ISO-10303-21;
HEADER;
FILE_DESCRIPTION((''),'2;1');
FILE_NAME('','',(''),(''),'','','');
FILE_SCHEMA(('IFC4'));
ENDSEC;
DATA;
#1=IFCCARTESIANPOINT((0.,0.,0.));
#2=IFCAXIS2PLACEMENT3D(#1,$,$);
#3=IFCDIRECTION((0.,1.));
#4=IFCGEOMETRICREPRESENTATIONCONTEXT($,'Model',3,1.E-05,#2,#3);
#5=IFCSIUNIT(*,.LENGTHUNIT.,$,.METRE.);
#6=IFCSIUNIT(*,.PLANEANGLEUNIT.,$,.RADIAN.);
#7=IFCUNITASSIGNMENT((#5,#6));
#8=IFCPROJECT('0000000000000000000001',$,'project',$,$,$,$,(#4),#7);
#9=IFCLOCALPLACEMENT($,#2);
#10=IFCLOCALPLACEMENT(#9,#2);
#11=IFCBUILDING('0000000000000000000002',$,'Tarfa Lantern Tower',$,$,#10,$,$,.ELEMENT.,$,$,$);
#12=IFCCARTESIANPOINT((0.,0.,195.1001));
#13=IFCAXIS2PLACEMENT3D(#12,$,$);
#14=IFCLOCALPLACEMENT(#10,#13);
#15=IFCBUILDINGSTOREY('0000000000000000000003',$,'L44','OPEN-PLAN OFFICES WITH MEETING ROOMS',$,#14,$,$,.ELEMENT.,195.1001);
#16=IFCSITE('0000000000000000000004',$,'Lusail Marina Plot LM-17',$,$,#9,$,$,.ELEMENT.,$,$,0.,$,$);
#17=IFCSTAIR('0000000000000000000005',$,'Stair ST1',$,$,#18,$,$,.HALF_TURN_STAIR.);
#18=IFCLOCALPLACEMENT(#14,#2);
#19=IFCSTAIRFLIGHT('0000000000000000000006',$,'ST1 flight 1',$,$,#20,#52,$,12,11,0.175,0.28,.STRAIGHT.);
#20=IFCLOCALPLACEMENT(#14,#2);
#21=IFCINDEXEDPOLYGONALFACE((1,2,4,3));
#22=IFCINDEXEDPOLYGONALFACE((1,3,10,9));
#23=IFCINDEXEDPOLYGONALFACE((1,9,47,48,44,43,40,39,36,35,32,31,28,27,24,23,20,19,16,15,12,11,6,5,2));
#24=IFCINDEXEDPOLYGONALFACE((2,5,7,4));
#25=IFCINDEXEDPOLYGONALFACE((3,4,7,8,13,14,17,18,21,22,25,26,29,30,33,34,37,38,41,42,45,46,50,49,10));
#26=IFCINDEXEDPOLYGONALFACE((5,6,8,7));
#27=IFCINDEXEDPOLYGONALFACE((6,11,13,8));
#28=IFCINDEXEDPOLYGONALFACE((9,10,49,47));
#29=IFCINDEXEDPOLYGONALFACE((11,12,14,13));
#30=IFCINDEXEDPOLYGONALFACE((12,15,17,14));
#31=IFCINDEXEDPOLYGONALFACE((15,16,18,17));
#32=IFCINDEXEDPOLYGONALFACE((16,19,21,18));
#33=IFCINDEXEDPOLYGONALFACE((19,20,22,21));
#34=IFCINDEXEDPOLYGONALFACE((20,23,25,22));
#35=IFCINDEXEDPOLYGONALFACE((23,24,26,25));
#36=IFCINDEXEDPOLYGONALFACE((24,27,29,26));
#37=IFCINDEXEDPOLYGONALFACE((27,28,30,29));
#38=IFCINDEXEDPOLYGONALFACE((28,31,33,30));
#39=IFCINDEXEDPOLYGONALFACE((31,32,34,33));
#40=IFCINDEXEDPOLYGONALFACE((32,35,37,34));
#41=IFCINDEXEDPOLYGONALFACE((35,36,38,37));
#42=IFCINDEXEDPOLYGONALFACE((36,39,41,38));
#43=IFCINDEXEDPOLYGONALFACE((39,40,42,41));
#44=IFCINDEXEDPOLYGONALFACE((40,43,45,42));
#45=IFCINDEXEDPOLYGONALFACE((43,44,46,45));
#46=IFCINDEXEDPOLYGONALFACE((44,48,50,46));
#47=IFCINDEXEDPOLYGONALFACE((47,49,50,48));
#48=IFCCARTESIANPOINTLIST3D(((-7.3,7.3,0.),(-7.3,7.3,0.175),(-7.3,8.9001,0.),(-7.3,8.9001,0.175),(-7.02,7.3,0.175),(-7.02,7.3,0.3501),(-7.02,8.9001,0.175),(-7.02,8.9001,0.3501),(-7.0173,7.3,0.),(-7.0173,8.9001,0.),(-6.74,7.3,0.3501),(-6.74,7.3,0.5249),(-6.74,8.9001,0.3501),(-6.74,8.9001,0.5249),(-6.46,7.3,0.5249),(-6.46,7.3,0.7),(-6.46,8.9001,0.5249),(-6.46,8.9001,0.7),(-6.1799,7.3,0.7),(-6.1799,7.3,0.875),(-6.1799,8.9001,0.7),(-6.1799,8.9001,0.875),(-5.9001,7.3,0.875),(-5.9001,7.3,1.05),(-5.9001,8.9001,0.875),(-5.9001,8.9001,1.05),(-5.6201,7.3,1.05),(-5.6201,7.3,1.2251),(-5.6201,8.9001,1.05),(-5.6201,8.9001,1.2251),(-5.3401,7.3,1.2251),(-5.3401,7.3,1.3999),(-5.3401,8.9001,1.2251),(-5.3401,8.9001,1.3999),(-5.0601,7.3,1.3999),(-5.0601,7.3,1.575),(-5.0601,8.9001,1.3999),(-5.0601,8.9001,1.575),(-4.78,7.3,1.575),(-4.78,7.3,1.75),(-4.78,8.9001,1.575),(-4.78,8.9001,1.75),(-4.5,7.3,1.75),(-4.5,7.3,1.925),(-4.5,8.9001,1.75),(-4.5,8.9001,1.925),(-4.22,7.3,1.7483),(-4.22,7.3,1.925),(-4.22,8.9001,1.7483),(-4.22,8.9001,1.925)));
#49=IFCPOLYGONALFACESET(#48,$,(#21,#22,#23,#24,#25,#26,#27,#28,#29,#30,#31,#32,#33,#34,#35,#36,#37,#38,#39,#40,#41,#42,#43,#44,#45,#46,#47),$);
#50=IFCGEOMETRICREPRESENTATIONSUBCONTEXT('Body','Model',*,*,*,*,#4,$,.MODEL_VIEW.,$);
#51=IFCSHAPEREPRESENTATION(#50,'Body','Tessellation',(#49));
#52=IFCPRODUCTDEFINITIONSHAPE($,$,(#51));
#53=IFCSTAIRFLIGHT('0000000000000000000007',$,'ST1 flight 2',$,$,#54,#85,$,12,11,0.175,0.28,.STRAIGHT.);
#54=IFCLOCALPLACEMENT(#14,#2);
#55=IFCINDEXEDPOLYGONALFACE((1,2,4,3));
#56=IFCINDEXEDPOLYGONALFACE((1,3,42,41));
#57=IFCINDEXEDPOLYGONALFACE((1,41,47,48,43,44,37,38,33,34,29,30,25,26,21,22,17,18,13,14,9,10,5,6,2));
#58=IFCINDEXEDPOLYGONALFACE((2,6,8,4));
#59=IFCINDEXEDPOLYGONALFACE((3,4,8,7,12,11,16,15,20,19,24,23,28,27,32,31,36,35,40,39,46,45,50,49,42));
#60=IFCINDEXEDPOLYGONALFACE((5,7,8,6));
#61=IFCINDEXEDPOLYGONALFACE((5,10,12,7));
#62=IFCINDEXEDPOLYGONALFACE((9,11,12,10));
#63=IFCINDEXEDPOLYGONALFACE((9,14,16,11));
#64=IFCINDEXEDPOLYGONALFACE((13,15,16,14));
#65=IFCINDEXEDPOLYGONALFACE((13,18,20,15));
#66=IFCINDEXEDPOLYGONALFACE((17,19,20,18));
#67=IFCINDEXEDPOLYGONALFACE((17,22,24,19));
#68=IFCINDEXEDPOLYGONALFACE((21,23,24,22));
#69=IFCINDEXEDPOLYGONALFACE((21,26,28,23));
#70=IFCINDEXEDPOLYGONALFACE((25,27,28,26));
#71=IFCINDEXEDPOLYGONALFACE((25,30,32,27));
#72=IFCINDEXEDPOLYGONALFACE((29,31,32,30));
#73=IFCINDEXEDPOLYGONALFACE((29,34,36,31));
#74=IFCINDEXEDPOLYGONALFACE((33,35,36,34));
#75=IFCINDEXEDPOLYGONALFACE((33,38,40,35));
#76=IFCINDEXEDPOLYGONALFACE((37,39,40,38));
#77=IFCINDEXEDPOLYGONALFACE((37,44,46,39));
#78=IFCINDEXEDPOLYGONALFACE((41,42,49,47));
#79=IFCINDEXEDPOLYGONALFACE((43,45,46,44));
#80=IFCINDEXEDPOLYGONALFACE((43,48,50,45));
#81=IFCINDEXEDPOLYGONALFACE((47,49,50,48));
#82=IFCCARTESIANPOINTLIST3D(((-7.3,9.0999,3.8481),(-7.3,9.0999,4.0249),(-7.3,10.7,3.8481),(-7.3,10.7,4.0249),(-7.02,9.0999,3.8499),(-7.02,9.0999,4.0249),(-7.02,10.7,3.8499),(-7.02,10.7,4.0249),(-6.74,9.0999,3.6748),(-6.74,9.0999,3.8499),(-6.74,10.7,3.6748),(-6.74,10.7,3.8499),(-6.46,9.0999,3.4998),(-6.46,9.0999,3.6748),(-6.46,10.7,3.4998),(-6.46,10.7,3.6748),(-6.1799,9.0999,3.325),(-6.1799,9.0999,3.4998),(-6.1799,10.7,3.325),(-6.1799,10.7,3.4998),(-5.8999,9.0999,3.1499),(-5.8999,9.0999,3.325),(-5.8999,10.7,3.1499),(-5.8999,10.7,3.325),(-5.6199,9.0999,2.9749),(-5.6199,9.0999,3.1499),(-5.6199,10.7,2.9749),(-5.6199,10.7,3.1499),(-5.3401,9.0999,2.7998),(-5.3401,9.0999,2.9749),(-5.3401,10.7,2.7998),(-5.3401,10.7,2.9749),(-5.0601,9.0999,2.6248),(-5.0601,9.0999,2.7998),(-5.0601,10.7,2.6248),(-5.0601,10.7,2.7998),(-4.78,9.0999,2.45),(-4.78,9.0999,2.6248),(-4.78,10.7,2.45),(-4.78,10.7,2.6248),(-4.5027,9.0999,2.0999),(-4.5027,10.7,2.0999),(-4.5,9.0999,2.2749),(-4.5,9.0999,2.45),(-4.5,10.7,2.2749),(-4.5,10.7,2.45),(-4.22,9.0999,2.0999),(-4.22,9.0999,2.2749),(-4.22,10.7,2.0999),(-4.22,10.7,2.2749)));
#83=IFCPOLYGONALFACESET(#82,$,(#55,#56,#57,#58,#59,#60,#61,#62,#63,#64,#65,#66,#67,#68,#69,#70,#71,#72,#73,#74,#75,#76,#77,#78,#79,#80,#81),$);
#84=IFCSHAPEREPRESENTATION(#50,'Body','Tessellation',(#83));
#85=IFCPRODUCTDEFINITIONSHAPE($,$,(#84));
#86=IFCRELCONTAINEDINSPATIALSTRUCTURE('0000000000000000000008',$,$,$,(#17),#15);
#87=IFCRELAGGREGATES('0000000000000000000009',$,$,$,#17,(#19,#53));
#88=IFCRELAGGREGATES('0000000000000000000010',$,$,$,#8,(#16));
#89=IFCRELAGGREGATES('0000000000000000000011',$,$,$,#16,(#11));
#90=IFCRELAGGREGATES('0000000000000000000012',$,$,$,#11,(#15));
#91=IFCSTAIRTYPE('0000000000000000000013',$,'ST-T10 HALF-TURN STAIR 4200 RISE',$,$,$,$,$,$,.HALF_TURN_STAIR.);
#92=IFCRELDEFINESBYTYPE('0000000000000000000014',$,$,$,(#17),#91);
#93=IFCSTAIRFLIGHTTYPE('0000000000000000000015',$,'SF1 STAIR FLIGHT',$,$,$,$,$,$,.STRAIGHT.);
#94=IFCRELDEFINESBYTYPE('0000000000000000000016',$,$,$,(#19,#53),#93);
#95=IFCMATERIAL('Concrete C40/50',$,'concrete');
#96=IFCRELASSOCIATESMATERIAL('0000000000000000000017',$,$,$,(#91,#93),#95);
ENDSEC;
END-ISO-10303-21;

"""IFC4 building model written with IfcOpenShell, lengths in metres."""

from ifc_helpers import new_model, si_unit, direction, frame, origin, place, context, subcontext, project, spatial, polyline, outline, extrude, material, type_object, element, aggregate, save


model = new_model("IFC4")

# Units and contexts
model_context = context("Model", 3, precision=1e-05, world=origin(), true_north=direction((0.0, 1.0)))
body_context = subcontext(model_context, "Body", "Model", "MODEL_VIEW")
ifc_project = project(units=[si_unit("LENGTHUNIT", "METRE"), si_unit("PLANEANGLEUNIT", "RADIAN")], contexts=[model_context])

# Site, building, storey
site_placement = place(None, origin())
site = spatial("IfcSite", under=ifc_project, at=site_placement, Name="Lusail Marina Plot LM-17", CompositionType="ELEMENT", RefElevation=0.0)
building_placement = place(site_placement, origin())
building = spatial("IfcBuilding", under=site, at=building_placement, Name="Tarfa Lantern Tower", CompositionType="ELEMENT")
storey_placement = place(building_placement, frame((0.0, 0.0, 195.1001)))
storey = spatial("IfcBuildingStorey", under=building, at=storey_placement, Name="L44", Description="OPEN-PLAN OFFICES WITH MEETING ROOMS", CompositionType="ELEMENT", Elevation=195.1001)

# Stair, stair flights
ifc_material_1 = material(Name="Concrete C40/50", Category="concrete")
stair_type = type_object("IfcStairType", Name="ST-T10 HALF-TURN STAIR 4200 RISE", PredefinedType="HALF_TURN_STAIR", material=ifc_material_1)
stair_placement = place(storey_placement, origin())
stair = element("IfcStair", 1, at=stair_placement, inside=storey, type_object=stair_type, Name="Stair ST1", PredefinedType="HALF_TURN_STAIR")
stair_flight_type = type_object("IfcStairFlightType", Name="SF1 STAIR FLIGHT", PredefinedType="STRAIGHT", material=ifc_material_1)
stair_flight_1_placement = place(storey_placement, frame((-7.3, 8.1001, 0.0), z_axis=(0.0, 0.0, 1.0), x_axis=(1.0, 0.0, 0.0)))
stair_flight_1 = element("IfcStairFlight", 2, at=stair_flight_1_placement, type_object=stair_flight_type, Name="ST1 flight 1", NumberOfRisers=12, NumberOfTreads=11, PredefinedType="STRAIGHT", RiserHeight=0.175, TreadLength=0.28, context=body_context, shape_type="SweptSolid", body=[
    extrude(outline(polyline([(0.0, 0.0), (0.0, 0.175), (0.28, 0.175), (0.28, 0.3501), (0.5601, 0.3501), (0.5601, 0.5249), (0.8401, 0.5249), (0.8401, 0.7), (1.1201, 0.7), (1.1201, 0.875), (1.3999, 0.875), (1.3999, 1.05), (1.6799, 1.05), (1.6799, 1.2251), (1.96, 1.2251), (1.96, 1.3999), (2.24, 1.3999), (2.24, 1.575), (2.52, 1.575), (2.52, 1.75), (2.8, 1.75), (2.8, 1.925), (3.0801, 1.925), (3.0801, 2.1001), (3.0801, 1.7483), (0.2827, 0.0), (0.0, 0.0)])), frame((0.0, 0.8, 0.0), z_axis=(0.0, -1.0, 0.0), x_axis=(1.0, 0.0, 0.0)), (0.0, 0.0, 1.0), 1.6001),
])
stair_flight_2_placement = place(storey_placement, frame((-4.22, 9.8999, 2.0999), z_axis=(0.0, 0.0, 1.0), x_axis=(-1.0, 0.0, 0.0)))
stair_flight_2 = element("IfcStairFlight", 3, at=stair_flight_2_placement, type_object=stair_flight_type, Name="ST1 flight 2", NumberOfRisers=12, NumberOfTreads=11, PredefinedType="STRAIGHT", RiserHeight=0.175, TreadLength=0.28, context=body_context, shape_type="SweptSolid", body=[
    extrude(outline(polyline([(0.0, 0.0), (0.0, 0.175), (0.28, 0.175), (0.28, 0.3501), (0.5601, 0.3501), (0.5601, 0.5249), (0.8401, 0.5249), (0.8401, 0.7), (1.1201, 0.7), (1.1201, 0.875), (1.3999, 0.875), (1.3999, 1.05), (1.6799, 1.05), (1.6799, 1.2251), (1.96, 1.2251), (1.96, 1.3999), (2.24, 1.3999), (2.24, 1.575), (2.52, 1.575), (2.52, 1.75), (2.8, 1.75), (2.8, 1.925), (3.0801, 1.925), (3.0801, 2.1001), (3.0801, 1.7483), (0.2827, 0.0), (0.0, 0.0)])), frame((0.0, 0.8, 0.0), z_axis=(0.0, -1.0, 0.0), x_axis=(1.0, 0.0, 0.0)), (0.0, 0.0, 1.0), 1.6001),
])
aggregate(stair, [stair_flight_1, stair_flight_2])

save(model, "model.ifc")
